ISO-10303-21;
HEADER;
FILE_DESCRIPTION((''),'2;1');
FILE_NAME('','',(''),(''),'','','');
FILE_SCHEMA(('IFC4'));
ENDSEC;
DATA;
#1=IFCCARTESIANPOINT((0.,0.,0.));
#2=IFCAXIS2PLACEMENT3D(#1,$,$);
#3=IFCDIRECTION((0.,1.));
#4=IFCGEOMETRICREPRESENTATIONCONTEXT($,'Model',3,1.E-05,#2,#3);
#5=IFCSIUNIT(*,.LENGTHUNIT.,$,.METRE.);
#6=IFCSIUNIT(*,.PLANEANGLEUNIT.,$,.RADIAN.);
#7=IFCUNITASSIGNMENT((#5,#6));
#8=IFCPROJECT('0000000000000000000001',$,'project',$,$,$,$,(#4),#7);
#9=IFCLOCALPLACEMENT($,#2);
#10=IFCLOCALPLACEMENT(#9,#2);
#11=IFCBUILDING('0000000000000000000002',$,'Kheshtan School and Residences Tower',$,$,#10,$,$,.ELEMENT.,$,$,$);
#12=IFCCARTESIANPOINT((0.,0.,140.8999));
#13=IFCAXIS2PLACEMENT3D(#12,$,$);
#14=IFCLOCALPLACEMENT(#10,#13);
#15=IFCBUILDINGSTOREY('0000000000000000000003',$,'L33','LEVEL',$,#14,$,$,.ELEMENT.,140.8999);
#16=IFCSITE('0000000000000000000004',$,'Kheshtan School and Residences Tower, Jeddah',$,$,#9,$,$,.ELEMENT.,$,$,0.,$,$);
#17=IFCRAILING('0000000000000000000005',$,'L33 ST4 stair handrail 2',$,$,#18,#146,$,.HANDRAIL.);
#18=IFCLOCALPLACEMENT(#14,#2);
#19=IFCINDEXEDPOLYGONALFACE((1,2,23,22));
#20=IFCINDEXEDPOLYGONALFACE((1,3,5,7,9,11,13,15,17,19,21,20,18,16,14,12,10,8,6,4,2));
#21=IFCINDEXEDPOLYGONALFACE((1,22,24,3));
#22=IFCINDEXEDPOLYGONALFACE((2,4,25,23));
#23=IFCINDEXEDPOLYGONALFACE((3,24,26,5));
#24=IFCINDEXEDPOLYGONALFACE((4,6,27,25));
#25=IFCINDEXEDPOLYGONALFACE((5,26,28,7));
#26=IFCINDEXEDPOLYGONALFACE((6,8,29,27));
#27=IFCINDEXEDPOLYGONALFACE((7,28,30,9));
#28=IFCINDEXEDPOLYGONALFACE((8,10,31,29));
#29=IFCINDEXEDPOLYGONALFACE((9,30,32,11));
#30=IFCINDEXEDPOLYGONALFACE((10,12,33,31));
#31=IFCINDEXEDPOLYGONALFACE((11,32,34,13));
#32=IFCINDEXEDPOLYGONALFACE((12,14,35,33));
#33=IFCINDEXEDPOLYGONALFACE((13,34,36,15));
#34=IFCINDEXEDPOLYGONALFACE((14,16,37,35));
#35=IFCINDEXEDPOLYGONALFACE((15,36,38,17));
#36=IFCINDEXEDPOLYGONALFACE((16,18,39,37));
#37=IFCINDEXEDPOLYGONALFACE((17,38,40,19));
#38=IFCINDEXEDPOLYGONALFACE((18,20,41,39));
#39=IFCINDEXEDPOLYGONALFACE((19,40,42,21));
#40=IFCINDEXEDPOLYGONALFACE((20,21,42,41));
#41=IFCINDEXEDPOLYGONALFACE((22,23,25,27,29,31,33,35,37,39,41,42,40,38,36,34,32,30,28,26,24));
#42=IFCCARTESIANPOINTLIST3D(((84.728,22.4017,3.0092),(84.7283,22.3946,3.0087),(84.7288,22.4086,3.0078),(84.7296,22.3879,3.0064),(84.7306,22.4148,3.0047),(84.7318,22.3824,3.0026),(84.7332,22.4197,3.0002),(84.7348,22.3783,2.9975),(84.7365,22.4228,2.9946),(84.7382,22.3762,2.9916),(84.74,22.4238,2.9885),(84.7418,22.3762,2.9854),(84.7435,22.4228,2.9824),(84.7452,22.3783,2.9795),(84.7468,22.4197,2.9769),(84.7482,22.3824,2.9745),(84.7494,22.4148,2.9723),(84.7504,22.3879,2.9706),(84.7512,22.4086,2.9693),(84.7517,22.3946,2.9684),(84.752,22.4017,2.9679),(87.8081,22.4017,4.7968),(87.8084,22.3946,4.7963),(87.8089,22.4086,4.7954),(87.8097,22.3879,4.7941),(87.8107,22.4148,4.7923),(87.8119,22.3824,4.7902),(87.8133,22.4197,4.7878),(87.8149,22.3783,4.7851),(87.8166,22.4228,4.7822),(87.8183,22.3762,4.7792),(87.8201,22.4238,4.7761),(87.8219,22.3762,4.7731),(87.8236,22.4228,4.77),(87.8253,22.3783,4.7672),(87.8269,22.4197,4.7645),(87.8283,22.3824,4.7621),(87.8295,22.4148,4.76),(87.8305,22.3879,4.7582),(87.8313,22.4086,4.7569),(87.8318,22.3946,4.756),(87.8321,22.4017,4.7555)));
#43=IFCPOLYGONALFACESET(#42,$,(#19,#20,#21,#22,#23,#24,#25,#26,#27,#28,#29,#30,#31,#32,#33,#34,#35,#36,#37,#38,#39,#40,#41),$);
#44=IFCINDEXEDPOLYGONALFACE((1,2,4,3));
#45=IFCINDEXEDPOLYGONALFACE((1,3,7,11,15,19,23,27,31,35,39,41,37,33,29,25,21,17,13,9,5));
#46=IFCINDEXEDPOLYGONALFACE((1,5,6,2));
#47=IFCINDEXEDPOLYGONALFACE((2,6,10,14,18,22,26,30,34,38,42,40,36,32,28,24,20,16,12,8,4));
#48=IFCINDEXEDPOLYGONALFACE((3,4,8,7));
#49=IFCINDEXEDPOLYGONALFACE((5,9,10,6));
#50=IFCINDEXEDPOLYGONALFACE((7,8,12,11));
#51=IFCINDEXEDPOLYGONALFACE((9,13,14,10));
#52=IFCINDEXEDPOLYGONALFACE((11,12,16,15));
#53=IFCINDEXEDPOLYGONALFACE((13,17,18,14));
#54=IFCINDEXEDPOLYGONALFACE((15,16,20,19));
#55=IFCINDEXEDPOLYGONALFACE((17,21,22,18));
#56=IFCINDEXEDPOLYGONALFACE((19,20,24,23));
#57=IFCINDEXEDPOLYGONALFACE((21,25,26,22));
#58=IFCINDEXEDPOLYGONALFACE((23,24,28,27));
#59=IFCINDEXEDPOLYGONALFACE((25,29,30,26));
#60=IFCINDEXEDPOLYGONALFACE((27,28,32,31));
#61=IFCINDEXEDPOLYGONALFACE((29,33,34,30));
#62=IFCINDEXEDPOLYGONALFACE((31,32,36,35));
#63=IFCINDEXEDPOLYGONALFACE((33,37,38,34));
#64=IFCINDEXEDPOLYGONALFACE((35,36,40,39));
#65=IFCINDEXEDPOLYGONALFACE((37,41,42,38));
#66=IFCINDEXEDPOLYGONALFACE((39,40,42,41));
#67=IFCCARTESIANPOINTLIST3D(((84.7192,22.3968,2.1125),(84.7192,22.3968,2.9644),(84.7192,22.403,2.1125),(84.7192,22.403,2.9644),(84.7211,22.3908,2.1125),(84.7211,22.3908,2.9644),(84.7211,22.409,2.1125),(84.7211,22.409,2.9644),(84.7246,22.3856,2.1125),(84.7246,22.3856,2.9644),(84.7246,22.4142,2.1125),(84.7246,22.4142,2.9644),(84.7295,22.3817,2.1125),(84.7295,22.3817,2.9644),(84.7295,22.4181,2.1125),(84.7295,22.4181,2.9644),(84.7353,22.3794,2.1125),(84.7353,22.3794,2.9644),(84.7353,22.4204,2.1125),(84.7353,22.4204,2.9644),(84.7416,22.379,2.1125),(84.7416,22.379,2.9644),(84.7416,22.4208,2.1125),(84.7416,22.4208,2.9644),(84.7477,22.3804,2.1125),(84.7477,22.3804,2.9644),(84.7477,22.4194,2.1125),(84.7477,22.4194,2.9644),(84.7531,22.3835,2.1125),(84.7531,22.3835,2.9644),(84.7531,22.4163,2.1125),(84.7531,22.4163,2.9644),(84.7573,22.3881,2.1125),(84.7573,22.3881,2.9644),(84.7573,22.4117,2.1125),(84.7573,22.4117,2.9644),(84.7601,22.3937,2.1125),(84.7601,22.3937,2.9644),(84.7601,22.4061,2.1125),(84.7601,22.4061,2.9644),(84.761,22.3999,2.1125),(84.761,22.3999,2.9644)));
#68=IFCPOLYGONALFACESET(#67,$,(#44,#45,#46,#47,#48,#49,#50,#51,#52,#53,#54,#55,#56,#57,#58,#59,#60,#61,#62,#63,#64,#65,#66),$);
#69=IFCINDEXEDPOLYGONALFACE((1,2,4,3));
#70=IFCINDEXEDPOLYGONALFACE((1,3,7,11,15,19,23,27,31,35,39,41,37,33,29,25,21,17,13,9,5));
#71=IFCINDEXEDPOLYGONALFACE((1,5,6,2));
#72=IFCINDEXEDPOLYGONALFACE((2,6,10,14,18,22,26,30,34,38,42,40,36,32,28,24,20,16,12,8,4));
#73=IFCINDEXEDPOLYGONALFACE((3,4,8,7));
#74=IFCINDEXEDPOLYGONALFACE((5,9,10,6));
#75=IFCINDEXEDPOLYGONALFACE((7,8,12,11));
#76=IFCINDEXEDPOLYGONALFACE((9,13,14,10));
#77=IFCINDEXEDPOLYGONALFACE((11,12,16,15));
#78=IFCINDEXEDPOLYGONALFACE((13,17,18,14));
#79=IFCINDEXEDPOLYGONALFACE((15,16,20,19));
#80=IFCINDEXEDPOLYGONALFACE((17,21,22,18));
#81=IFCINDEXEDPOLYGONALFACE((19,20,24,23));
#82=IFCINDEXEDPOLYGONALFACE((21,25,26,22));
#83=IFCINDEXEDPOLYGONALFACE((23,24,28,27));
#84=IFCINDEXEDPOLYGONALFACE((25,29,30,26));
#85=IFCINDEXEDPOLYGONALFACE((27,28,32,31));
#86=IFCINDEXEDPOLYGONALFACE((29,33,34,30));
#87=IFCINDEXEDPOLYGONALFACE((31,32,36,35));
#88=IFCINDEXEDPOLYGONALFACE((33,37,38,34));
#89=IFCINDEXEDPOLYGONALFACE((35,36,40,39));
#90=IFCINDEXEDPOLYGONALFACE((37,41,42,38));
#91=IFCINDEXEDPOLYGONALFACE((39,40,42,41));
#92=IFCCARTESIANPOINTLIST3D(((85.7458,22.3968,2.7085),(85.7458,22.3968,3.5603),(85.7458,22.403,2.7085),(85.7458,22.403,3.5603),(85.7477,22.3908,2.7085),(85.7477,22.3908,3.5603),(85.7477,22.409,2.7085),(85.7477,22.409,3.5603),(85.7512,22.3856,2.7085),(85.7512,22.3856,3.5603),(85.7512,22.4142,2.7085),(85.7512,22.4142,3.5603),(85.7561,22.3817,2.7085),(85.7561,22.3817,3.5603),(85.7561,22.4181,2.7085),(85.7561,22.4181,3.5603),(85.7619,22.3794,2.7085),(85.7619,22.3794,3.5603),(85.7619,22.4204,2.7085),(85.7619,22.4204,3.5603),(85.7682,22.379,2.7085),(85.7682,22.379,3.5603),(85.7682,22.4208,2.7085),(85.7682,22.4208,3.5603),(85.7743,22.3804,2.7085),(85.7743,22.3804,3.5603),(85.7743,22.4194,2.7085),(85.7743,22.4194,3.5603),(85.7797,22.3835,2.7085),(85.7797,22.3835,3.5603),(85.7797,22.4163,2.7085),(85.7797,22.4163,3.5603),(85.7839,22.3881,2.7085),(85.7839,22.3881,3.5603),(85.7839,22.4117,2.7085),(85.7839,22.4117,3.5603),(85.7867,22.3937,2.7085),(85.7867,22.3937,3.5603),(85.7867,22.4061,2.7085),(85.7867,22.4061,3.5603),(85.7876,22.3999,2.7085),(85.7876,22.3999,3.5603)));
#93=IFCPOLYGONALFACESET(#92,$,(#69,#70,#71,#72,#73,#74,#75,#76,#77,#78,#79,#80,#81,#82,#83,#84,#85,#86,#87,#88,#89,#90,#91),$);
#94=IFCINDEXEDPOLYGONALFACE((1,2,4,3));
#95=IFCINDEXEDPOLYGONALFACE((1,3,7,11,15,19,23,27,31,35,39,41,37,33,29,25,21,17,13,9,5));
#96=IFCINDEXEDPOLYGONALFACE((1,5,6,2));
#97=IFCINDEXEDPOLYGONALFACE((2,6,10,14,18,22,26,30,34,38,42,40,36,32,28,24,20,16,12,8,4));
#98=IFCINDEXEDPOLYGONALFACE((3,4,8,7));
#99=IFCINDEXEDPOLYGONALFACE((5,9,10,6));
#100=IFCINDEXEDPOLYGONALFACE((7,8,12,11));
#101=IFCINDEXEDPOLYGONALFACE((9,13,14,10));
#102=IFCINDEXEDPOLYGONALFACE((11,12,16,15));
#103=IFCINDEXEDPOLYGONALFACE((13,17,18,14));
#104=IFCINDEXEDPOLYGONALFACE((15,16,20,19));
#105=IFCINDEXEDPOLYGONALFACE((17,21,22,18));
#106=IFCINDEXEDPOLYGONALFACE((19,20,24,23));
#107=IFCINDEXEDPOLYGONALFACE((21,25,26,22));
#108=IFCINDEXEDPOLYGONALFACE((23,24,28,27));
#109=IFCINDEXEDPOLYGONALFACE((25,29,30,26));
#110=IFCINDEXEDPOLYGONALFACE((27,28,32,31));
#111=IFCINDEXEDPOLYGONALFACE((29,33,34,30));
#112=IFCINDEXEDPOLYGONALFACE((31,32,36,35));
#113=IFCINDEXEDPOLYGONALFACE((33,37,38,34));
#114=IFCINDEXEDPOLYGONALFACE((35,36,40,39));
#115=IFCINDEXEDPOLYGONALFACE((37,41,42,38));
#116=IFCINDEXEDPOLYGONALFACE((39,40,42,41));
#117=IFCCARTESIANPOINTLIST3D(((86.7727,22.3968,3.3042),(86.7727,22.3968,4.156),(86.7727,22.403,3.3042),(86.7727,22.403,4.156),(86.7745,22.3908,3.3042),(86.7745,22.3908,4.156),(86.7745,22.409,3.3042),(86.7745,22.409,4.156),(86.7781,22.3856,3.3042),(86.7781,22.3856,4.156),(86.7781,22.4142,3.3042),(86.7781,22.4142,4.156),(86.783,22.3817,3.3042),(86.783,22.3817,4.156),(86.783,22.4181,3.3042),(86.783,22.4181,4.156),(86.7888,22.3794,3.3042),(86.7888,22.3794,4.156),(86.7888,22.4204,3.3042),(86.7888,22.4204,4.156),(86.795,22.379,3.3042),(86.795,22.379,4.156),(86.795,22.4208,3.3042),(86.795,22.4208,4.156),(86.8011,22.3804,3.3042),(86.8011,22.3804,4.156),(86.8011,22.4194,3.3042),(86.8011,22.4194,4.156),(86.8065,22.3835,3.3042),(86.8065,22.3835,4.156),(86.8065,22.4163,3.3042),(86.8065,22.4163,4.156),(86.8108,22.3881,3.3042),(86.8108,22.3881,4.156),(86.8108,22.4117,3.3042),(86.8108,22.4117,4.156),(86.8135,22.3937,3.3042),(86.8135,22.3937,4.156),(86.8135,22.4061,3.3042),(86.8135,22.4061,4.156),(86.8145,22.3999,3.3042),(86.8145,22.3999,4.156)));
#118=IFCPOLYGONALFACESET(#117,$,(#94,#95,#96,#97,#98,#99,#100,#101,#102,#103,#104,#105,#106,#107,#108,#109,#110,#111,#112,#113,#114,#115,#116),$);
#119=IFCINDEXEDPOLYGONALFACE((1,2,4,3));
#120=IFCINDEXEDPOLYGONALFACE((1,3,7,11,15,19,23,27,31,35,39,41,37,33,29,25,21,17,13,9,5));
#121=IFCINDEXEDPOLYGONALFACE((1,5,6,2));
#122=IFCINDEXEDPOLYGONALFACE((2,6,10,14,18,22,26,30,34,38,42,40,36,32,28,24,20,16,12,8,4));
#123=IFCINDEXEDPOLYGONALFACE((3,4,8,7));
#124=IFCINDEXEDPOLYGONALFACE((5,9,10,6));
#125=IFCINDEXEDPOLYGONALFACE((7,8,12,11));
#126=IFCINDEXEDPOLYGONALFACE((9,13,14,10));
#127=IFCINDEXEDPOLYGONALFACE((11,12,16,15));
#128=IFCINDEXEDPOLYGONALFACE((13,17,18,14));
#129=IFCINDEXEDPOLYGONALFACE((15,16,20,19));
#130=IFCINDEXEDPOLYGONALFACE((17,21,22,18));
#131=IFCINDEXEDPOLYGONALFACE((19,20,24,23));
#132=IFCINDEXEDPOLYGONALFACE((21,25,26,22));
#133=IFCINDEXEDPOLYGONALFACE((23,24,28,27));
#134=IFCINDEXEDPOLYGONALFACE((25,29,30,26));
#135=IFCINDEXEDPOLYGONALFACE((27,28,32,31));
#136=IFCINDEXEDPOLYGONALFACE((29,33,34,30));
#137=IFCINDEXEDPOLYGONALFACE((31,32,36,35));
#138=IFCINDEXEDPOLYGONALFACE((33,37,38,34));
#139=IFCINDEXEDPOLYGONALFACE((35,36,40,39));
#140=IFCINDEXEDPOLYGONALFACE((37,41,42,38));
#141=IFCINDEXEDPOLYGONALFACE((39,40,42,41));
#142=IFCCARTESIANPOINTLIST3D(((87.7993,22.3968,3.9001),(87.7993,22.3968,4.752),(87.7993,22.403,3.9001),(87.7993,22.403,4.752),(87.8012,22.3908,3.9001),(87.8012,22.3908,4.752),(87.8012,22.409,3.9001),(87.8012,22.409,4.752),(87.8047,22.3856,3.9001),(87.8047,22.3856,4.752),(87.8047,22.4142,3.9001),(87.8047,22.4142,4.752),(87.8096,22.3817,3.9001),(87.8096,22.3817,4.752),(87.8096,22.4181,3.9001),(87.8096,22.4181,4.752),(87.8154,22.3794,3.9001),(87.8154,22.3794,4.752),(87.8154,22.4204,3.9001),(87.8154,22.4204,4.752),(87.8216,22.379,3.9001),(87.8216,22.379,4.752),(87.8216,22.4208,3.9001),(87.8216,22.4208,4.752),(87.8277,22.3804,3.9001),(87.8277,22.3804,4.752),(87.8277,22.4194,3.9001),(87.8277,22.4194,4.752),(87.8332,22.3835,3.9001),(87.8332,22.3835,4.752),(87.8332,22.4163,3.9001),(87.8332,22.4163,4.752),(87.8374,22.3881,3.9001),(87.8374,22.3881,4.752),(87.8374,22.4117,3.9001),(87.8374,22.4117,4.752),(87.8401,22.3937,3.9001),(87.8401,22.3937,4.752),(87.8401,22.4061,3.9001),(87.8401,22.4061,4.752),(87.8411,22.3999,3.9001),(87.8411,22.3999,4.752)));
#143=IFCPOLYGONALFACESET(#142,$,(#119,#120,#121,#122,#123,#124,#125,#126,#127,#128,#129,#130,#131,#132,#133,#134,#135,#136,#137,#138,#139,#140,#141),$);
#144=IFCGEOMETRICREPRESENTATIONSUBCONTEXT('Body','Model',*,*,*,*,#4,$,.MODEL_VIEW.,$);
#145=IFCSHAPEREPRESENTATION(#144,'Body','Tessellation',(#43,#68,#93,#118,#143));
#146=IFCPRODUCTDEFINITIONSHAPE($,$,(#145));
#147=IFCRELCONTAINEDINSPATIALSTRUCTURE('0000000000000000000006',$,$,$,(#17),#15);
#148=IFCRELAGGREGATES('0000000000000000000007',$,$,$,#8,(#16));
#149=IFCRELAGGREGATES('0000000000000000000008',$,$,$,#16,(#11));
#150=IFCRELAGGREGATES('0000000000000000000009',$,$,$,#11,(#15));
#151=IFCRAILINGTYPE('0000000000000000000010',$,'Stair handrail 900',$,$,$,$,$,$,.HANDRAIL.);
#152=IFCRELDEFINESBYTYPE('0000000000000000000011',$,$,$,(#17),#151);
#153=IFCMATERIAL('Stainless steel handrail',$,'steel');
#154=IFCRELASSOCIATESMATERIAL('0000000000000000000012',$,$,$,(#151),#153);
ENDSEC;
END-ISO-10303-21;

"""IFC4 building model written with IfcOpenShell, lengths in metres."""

from ifc_helpers import new_model, si_unit, direction, frame, origin, origin_2d, place, context, subcontext, project, spatial, circle, extrude, material, type_object, element, save


model = new_model("IFC4")

# Units and contexts
model_context = context("Model", 3, precision=1e-05, world=origin(), true_north=direction((0.0, 1.0)))
body_context = subcontext(model_context, "Body", "Model", "MODEL_VIEW")
ifc_project = project(units=[si_unit("LENGTHUNIT", "METRE"), si_unit("PLANEANGLEUNIT", "RADIAN")], contexts=[model_context])

# Site, building, storey
site_placement = place(None, origin())
site = spatial("IfcSite", under=ifc_project, at=site_placement, Name="Kheshtan School and Residences Tower, Jeddah", CompositionType="ELEMENT", RefElevation=0.0)
building_placement = place(site_placement, origin())
building = spatial("IfcBuilding", under=site, at=building_placement, Name="Kheshtan School and Residences Tower", CompositionType="ELEMENT")
storey_placement = place(building_placement, frame((0.0, 0.0, 140.8999)))
storey = spatial("IfcBuildingStorey", under=building, at=storey_placement, Name="L33", Description="LEVEL", CompositionType="ELEMENT", Elevation=140.8999)

# Railing
ifc_material_1 = material(Name="Stainless steel handrail", Category="steel")
railing_type_1 = type_object("IfcRailingType", Name="Stair handrail 900", PredefinedType="HANDRAIL", material=ifc_material_1)
railing_1_placement = place(storey_placement, frame((84.74, 22.3999, 2.1125)))
element("IfcRailing", 1, at=railing_1_placement, inside=storey, type_object=railing_type_1, Name="L33 ST4 stair handrail 2", PredefinedType="HANDRAIL", context=body_context, shape_type="SweptSolid", body=[
    extrude(circle(Radius=0.0239, at=origin_2d()), frame((0.0, 0.0, 0.876), z_axis=(0.864891, 0.0, 0.50196), x_axis=(0.0, 1.0, 0.0)), (0.0, 0.0, 1.0), 3.5613),
    extrude(circle(Radius=0.021, at=origin_2d()), origin(), (0.0, 0.0, 1.0), 0.8518),
    extrude(circle(Radius=0.021, at=origin_2d()), frame((1.0266, 0.0, 0.5959)), (0.0, 0.0, 1.0), 0.8518),
    extrude(circle(Radius=0.021, at=origin_2d()), frame((2.0535, 0.0, 1.1917)), (0.0, 0.0, 1.0), 0.8518),
    extrude(circle(Radius=0.021, at=origin_2d()), frame((3.0801, 0.0, 1.7876)), (0.0, 0.0, 1.0), 0.8518),
])

save(model, "model.ifc")
